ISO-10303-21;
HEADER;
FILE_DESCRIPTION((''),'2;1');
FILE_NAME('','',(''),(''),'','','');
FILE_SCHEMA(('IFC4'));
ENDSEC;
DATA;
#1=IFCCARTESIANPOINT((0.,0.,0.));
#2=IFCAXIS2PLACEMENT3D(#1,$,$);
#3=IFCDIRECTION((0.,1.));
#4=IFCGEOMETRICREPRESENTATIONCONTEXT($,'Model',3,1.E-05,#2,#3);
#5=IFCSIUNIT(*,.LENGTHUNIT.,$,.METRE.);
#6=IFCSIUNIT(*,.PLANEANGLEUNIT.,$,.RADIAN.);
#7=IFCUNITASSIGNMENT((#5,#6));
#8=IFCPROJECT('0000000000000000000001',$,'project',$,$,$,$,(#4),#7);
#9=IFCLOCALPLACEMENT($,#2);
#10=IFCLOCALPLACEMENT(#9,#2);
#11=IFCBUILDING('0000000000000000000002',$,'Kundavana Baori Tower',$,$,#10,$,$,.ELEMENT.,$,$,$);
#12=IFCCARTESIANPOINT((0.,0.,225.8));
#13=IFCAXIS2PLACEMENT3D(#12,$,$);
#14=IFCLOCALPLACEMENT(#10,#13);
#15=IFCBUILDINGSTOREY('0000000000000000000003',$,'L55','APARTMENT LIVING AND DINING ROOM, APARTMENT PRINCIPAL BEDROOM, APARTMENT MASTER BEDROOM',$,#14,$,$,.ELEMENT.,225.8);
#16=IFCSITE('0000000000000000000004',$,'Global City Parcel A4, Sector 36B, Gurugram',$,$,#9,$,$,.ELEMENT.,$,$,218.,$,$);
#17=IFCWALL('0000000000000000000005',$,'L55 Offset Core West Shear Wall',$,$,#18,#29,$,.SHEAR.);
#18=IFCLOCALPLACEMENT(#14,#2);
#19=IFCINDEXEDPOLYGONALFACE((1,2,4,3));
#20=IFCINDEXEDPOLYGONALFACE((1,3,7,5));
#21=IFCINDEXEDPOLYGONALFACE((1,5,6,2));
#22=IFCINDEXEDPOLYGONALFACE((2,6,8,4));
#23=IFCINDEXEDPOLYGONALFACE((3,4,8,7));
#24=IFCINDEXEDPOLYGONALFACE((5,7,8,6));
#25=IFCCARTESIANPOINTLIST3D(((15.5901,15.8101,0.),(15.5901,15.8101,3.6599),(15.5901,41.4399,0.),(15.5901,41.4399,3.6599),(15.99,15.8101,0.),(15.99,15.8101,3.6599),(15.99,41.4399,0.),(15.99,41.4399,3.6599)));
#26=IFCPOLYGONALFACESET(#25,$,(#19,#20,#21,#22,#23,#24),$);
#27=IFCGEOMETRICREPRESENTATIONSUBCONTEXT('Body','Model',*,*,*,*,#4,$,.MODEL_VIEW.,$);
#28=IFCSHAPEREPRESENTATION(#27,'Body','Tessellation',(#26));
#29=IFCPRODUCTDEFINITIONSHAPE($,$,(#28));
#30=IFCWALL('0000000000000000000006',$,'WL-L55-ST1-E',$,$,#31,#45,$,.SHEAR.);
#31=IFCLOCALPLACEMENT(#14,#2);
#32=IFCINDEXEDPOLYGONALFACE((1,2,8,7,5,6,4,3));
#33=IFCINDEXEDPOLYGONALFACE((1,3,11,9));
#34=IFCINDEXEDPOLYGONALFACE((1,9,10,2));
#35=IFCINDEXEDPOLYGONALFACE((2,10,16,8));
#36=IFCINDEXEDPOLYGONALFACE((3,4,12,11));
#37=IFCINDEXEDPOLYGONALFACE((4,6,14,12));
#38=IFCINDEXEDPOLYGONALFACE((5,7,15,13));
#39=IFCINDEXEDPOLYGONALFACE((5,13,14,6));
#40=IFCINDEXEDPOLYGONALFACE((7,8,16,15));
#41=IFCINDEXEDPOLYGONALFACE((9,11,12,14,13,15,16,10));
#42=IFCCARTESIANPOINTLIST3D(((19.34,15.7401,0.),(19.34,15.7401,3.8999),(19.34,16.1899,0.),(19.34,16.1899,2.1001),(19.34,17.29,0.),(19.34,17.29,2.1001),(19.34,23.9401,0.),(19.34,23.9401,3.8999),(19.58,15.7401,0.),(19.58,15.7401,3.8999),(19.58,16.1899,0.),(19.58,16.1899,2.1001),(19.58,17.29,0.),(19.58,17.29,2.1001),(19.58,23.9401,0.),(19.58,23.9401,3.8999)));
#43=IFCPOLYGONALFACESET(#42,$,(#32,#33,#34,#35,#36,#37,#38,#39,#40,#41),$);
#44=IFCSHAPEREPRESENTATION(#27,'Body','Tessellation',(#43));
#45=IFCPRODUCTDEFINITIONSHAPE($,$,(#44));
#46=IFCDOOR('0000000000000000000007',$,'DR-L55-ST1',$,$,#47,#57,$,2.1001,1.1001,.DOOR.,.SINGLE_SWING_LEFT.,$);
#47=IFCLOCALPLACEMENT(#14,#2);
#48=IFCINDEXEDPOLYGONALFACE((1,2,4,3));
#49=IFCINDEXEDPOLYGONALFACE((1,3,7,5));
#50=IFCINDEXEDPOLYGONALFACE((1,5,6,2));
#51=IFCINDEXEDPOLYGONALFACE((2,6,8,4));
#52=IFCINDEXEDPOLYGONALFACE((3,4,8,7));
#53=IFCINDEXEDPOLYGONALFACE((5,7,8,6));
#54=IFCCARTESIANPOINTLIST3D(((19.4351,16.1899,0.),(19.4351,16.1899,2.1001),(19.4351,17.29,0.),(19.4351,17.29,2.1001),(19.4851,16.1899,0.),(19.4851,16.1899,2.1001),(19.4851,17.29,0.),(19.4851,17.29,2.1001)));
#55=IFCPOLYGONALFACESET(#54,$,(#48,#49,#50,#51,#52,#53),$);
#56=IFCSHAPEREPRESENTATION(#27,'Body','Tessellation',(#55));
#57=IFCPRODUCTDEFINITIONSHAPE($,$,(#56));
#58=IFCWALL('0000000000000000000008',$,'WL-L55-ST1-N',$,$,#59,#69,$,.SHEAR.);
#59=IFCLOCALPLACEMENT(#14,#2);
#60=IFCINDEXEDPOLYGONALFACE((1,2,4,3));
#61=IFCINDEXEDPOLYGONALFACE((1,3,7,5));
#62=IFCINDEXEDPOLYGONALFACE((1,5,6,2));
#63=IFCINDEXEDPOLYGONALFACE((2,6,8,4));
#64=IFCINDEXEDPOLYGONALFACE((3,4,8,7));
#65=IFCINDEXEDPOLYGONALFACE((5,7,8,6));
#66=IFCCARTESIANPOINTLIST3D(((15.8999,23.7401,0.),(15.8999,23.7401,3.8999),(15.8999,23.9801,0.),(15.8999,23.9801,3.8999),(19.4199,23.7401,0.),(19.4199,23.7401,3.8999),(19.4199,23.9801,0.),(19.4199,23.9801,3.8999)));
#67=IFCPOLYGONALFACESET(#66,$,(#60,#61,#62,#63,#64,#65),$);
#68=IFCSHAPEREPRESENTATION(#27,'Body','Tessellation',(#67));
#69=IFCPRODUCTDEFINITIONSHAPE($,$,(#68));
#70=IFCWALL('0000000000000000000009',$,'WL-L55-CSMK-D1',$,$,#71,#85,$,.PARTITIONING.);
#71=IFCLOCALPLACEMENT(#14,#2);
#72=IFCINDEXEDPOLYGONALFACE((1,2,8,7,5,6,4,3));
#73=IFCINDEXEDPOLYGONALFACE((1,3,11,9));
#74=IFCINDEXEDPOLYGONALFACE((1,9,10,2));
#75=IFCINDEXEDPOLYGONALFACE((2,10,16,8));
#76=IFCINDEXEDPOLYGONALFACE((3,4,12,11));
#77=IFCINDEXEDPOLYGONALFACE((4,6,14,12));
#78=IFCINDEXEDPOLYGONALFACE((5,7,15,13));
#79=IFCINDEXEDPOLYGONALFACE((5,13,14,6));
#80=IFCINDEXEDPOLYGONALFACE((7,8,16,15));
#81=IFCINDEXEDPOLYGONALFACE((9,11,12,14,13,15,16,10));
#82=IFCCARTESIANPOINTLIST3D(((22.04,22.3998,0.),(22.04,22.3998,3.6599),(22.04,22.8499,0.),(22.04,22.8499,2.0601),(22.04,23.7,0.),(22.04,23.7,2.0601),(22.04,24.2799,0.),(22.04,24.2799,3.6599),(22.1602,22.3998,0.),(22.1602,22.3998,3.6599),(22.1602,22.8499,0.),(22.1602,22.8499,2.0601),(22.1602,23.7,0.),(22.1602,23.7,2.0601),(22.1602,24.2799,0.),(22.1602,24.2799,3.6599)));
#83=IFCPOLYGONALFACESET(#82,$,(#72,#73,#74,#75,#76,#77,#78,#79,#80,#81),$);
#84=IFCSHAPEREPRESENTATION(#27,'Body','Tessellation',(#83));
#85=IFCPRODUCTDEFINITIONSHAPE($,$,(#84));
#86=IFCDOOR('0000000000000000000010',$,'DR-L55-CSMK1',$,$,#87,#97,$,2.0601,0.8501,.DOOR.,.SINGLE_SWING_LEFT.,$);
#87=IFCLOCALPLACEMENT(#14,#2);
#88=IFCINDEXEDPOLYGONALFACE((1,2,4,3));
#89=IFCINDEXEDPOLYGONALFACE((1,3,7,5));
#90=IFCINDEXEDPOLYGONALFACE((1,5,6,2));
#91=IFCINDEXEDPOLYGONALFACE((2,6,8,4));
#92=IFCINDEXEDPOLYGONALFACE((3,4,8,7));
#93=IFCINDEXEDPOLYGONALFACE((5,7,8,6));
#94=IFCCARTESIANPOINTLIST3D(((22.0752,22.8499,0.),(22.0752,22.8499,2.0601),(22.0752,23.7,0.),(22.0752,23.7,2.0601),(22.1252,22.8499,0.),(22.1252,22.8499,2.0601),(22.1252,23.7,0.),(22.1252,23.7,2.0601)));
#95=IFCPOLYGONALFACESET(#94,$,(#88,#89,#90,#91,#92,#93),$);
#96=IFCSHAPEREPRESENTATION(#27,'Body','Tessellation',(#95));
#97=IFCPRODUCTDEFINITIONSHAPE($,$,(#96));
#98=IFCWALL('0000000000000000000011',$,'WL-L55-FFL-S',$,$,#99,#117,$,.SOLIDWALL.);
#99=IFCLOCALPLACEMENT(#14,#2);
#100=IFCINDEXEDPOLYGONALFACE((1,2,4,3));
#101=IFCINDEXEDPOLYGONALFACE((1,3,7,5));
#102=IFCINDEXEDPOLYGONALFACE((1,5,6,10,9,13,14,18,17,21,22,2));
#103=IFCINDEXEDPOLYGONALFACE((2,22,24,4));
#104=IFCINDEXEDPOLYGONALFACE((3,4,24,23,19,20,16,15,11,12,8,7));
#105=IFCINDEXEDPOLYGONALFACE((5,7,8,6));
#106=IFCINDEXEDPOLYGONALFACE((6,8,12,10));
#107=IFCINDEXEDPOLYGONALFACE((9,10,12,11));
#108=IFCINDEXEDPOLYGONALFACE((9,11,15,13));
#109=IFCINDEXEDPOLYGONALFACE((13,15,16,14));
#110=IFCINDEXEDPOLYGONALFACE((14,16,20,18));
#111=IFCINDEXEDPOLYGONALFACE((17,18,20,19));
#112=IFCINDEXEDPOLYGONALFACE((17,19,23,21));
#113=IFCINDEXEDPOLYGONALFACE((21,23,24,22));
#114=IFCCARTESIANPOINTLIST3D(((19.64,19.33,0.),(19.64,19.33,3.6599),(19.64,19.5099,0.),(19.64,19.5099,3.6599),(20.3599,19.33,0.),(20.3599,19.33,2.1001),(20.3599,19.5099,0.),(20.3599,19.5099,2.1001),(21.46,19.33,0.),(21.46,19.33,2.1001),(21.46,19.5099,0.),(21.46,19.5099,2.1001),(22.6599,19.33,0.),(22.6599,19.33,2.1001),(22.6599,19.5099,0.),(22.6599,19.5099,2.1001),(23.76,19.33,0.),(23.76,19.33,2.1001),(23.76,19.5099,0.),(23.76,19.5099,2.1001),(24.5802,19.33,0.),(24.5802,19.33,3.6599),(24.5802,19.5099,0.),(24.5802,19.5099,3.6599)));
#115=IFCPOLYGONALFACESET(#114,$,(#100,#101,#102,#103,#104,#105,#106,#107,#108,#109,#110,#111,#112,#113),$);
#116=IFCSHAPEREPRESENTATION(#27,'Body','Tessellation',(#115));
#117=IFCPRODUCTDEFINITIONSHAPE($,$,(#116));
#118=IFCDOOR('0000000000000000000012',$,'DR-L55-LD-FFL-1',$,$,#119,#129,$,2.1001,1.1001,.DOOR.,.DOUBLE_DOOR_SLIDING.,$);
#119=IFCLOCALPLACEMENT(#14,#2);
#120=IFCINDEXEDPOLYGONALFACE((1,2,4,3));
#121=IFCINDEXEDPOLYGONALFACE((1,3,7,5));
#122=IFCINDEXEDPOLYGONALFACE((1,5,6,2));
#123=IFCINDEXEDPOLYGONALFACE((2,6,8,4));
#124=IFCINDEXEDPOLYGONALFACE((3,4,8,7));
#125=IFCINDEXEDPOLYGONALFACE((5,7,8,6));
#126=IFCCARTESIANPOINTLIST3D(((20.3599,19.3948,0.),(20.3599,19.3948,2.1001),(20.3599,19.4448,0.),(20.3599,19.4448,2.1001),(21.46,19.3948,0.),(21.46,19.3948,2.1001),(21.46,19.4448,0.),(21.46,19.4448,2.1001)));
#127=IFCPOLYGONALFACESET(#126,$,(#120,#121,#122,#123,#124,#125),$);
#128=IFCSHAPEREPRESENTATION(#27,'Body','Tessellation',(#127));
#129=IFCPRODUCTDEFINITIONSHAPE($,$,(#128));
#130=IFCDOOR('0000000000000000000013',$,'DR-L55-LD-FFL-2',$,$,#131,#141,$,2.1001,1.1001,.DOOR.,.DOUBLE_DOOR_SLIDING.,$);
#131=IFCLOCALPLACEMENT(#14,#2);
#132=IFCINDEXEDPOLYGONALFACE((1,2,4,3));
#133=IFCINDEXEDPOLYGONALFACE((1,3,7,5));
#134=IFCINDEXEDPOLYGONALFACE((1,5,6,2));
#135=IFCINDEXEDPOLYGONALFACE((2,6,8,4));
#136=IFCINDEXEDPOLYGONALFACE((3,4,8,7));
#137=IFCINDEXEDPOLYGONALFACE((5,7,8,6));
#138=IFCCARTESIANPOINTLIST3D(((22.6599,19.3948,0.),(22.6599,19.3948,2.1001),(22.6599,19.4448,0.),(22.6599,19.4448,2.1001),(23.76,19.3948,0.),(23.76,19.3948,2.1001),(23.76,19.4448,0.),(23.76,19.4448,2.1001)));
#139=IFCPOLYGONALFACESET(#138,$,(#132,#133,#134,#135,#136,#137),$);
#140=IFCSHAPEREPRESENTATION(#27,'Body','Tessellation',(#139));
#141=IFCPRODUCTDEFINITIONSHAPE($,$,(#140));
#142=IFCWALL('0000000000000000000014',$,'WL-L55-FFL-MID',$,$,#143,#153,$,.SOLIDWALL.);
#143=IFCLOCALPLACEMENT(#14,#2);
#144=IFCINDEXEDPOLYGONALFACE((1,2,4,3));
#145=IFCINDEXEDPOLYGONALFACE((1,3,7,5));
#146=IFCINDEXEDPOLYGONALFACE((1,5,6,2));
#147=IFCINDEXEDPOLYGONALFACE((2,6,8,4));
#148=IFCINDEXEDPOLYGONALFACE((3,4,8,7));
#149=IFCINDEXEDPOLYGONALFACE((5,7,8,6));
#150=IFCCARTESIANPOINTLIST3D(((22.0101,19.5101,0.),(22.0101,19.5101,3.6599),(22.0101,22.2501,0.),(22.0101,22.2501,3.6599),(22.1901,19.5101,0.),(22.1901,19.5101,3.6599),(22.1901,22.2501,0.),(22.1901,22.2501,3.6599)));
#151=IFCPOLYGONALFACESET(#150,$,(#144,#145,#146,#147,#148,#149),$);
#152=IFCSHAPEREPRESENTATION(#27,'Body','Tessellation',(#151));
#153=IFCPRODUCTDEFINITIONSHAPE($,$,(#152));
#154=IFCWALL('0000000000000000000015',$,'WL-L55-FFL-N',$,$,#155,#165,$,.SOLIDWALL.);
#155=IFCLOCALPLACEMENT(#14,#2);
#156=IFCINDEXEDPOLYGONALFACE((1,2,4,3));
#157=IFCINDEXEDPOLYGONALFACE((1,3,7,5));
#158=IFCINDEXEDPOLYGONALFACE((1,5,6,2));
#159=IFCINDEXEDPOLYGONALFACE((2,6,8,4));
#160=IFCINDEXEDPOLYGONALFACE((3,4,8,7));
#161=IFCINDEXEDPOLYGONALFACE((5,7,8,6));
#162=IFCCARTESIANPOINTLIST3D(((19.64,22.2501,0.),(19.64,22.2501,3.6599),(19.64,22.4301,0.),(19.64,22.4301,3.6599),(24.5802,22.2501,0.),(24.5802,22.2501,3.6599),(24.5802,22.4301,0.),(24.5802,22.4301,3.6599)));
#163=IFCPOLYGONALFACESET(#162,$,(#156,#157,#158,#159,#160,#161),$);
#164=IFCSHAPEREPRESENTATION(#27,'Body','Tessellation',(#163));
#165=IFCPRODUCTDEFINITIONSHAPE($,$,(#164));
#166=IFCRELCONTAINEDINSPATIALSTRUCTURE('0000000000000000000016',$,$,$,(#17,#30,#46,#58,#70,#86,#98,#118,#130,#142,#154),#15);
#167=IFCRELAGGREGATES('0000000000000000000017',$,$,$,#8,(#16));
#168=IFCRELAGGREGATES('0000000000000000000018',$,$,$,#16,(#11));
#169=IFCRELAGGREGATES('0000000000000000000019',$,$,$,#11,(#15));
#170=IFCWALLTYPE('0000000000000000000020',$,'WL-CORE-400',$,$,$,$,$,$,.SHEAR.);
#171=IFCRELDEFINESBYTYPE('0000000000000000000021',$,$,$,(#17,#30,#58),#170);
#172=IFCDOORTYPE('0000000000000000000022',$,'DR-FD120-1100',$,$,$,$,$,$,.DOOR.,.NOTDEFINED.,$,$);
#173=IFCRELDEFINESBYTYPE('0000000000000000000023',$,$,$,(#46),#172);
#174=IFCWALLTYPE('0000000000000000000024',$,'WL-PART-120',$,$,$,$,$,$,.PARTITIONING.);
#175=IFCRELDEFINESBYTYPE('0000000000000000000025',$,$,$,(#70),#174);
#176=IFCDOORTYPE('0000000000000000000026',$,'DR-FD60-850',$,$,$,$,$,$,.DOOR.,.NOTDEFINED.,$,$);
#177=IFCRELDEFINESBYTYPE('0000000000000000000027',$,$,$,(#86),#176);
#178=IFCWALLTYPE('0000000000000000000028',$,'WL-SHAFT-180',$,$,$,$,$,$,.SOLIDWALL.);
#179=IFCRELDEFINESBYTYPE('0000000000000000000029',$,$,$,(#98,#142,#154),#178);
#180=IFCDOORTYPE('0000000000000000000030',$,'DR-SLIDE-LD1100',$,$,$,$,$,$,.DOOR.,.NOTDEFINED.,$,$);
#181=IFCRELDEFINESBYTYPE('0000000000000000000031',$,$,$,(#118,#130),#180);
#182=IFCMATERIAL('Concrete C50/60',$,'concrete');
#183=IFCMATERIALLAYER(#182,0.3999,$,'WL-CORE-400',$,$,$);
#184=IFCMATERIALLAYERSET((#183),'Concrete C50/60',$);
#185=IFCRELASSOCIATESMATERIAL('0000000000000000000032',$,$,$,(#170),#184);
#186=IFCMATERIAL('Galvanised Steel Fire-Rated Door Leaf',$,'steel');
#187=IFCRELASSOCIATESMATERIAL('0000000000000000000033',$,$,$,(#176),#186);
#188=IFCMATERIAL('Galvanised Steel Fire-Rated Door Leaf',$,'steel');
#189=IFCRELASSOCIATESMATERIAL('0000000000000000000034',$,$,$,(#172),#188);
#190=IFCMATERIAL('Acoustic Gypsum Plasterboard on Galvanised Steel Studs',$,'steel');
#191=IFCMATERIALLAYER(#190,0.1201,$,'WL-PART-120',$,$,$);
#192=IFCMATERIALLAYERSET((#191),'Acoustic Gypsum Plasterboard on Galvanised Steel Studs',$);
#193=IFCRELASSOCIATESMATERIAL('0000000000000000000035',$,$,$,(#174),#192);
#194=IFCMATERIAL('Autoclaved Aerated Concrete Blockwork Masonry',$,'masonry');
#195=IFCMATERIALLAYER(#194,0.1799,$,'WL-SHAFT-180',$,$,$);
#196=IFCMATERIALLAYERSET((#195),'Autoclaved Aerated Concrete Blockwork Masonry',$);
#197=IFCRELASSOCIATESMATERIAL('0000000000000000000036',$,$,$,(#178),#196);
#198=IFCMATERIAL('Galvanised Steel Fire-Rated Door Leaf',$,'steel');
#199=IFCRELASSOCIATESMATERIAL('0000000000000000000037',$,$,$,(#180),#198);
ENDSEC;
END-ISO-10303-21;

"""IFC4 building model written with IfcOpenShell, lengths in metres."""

from ifc_helpers import new_model, si_unit, direction, frame, frame_2d, origin, place, context, subcontext, project, spatial, rectangle, extrude, material, layer, layer_set, type_object, element, fill, save


model = new_model("IFC4")

# Units and contexts
model_context = context("Model", 3, precision=1e-05, world=origin(), true_north=direction((0.0, 1.0)))
body_context = subcontext(model_context, "Body", "Model", "MODEL_VIEW")
ifc_project = project(units=[si_unit("LENGTHUNIT", "METRE"), si_unit("PLANEANGLEUNIT", "RADIAN")], contexts=[model_context])

# Site, building, storey
site_placement = place(None, origin())
site = spatial("IfcSite", under=ifc_project, at=site_placement, Name="Global City Parcel A4, Sector 36B, Gurugram", CompositionType="ELEMENT", RefElevation=218.0)
building_placement = place(site_placement, origin())
building = spatial("IfcBuilding", under=site, at=building_placement, Name="Kundavana Baori Tower", CompositionType="ELEMENT")
storey_placement = place(building_placement, frame((0.0, 0.0, 225.8)))
storey = spatial("IfcBuildingStorey", under=building, at=storey_placement, Name="L55", Description="APARTMENT LIVING AND DINING ROOM, APARTMENT PRINCIPAL BEDROOM, APARTMENT MASTER BEDROOM", CompositionType="ELEMENT", Elevation=225.8)

# Wall
ifc_material_1 = material(Name="Concrete C50/60", Category="concrete")
ifc_layer_1 = layer(ifc_material_1, 0.3999, Name="WL-CORE-400")
ifc_layer_set_1 = layer_set([ifc_layer_1], Name="Concrete C50/60")
wall_type_1 = type_object("IfcWallType", Name="WL-CORE-400", PredefinedType="SHEAR", material=ifc_layer_set_1)
wall_1_placement = place(storey_placement, frame((15.79, 15.8101, 0.0), z_axis=(0.0, 0.0, 1.0), x_axis=(0.0, 1.0, 0.0)))
element("IfcWall", 1, at=wall_1_placement, inside=storey, type_object=wall_type_1, Name="L55 Offset Core West Shear Wall", PredefinedType="SHEAR", context=body_context, shape_type="SweptSolid", body=[
    extrude(rectangle(XDim=25.6299, YDim=0.3999, at=frame_2d((12.8149, 0.0))), origin(), (0.0, 0.0, 1.0), 3.6599),
])

# Shared definitions
ifc_material_2 = material(Name="Galvanised Steel Fire-Rated Door Leaf", Category="steel")
door_type_1 = type_object("IfcDoorType", Name="DR-FD60-850", OperationType="NOTDEFINED", PredefinedType="DOOR", material=ifc_material_2)

# Wall, opening, door
wall_2_placement = place(storey_placement, frame((19.46, 15.74, 0.0), z_axis=(0.0, 0.0, 1.0), x_axis=(0.0, 1.0, 0.0)))
wall_2 = element("IfcWall", 2, at=wall_2_placement, inside=storey, type_object=wall_type_1, Name="WL-L55-ST1-E", PredefinedType="SHEAR", context=body_context, shape_type="SweptSolid", body=[
    extrude(rectangle(XDim=8.2, YDim=0.24, at=frame_2d((4.1001, 0.0))), origin(), (0.0, 0.0, 1.0), 3.8999),
])
opening_1_placement = place(wall_2_placement, frame((0.45, 0.0, 0.0)))
opening_1 = element("IfcOpeningElement", 3, at=opening_1_placement, cuts=wall_2, PredefinedType="OPENING", context=body_context, shape_type="SweptSolid", body=[
    extrude(rectangle(XDim=1.1001, YDim=2.1001, at=frame_2d((0.55, 1.05))), frame((0.0, 0.1299, 0.0), z_axis=(0.0, -1.0, 0.0), x_axis=(1.0, 0.0, 0.0)), (0.0, 0.0, 1.0), 0.26),
])
ifc_material_3 = material(Name="Galvanised Steel Fire-Rated Door Leaf", Category="steel")
door_type_2 = type_object("IfcDoorType", Name="DR-FD120-1100", OperationType="NOTDEFINED", PredefinedType="DOOR", material=ifc_material_3)
door_1_placement = place(opening_1_placement, origin())
door_1 = element("IfcDoor", 4, at=door_1_placement, inside=storey, type_object=door_type_2, Name="DR-L55-ST1", OperationType="SINGLE_SWING_LEFT", OverallHeight=2.1001, OverallWidth=1.1001, PredefinedType="DOOR", context=body_context, shape_type="SweptSolid", body=[
    extrude(rectangle(XDim=1.1001, YDim=2.1001, at=frame_2d((0.55, 1.05))), frame((0.0, 0.0249, 0.0), z_axis=(0.0, -1.0, 0.0), x_axis=(1.0, 0.0, 0.0)), (0.0, 0.0, 1.0), 0.05),
])
fill(opening_1, door_1)

# Wall
wall_3_placement = place(storey_placement, frame((15.8999, 23.8601, 0.0), z_axis=(0.0, 0.0, 1.0), x_axis=(1.0, 0.0, 0.0)))
element("IfcWall", 5, at=wall_3_placement, inside=storey, type_object=wall_type_1, Name="WL-L55-ST1-N", PredefinedType="SHEAR", context=body_context, shape_type="SweptSolid", body=[
    extrude(rectangle(XDim=3.52, YDim=0.24, at=frame_2d((1.76, 0.0))), origin(), (0.0, 0.0, 1.0), 3.8999),
])

# Wall, opening, door
ifc_material_4 = material(Name="Acoustic Gypsum Plasterboard on Galvanised Steel Studs", Category="steel")
ifc_layer_2 = layer(ifc_material_4, 0.1201, Name="WL-PART-120")
ifc_layer_set_2 = layer_set([ifc_layer_2], Name="Acoustic Gypsum Plasterboard on Galvanised Steel Studs")
wall_type_2 = type_object("IfcWallType", Name="WL-PART-120", PredefinedType="PARTITIONING", material=ifc_layer_set_2)
wall_4_placement = place(storey_placement, frame((22.1001, 22.3999, 0.0), z_axis=(0.0, 0.0, 1.0), x_axis=(0.0, 1.0, 0.0)))
wall_4 = element("IfcWall", 6, at=wall_4_placement, inside=storey, type_object=wall_type_2, Name="WL-L55-CSMK-D1", PredefinedType="PARTITIONING", context=body_context, shape_type="SweptSolid", body=[
    extrude(rectangle(XDim=1.8801, YDim=0.1201, at=frame_2d((0.9399, 0.0))), origin(), (0.0, 0.0, 1.0), 3.6599),
])
opening_2_placement = place(wall_4_placement, frame((0.45, 0.0, 0.0)))
opening_2 = element("IfcOpeningElement", 7, at=opening_2_placement, cuts=wall_4, PredefinedType="OPENING", context=body_context, shape_type="SweptSolid", body=[
    extrude(rectangle(XDim=0.8501, YDim=2.0601, at=frame_2d((0.425, 1.03))), frame((0.0, 0.0701, 0.0), z_axis=(0.0, -1.0, 0.0), x_axis=(1.0, 0.0, 0.0)), (0.0, 0.0, 1.0), 0.1401),
])
door_2_placement = place(opening_2_placement, origin())
door_2 = element("IfcDoor", 8, at=door_2_placement, inside=storey, type_object=door_type_1, Name="DR-L55-CSMK1", OperationType="SINGLE_SWING_LEFT", OverallHeight=2.0601, OverallWidth=0.8501, PredefinedType="DOOR", context=body_context, shape_type="SweptSolid", body=[
    extrude(rectangle(XDim=0.8501, YDim=2.0601, at=frame_2d((0.425, 1.03))), frame((0.0, 0.0249, 0.0), z_axis=(0.0, -1.0, 0.0), x_axis=(1.0, 0.0, 0.0)), (0.0, 0.0, 1.0), 0.05),
])
fill(opening_2, door_2)

# Wall, openings, doors
ifc_material_5 = material(Name="Autoclaved Aerated Concrete Blockwork Masonry", Category="masonry")
ifc_layer_3 = layer(ifc_material_5, 0.1799, Name="WL-SHAFT-180")
ifc_layer_set_3 = layer_set([ifc_layer_3], Name="Autoclaved Aerated Concrete Blockwork Masonry")
wall_type_3 = type_object("IfcWallType", Name="WL-SHAFT-180", PredefinedType="SOLIDWALL", material=ifc_layer_set_3)
wall_5_placement = place(storey_placement, frame((19.6399, 19.4199, 0.0), z_axis=(0.0, 0.0, 1.0), x_axis=(1.0, 0.0, 0.0)))
wall_5 = element("IfcWall", 9, at=wall_5_placement, inside=storey, type_object=wall_type_3, Name="WL-L55-FFL-S", PredefinedType="SOLIDWALL", context=body_context, shape_type="SweptSolid", body=[
    extrude(rectangle(XDim=4.9402, YDim=0.1799, at=frame_2d((2.4702, 0.0))), origin(), (0.0, 0.0, 1.0), 3.6599),
])
opening_3_placement = place(wall_5_placement, frame((0.72, 0.0, 0.0)))
opening_3 = element("IfcOpeningElement", 10, at=opening_3_placement, cuts=wall_5, PredefinedType="OPENING", context=body_context, shape_type="SweptSolid", body=[
    extrude(rectangle(XDim=1.1001, YDim=2.1001, at=frame_2d((0.55, 1.05))), frame((0.0, 0.1001, 0.0), z_axis=(0.0, -1.0, 0.0), x_axis=(1.0, 0.0, 0.0)), (0.0, 0.0, 1.0), 0.2),
])
opening_4_placement = place(wall_5_placement, frame((3.02, 0.0, 0.0)))
opening_4 = element("IfcOpeningElement", 11, at=opening_4_placement, cuts=wall_5, PredefinedType="OPENING", context=body_context, shape_type="SweptSolid", body=[
    extrude(rectangle(XDim=1.1001, YDim=2.1001, at=frame_2d((0.55, 1.05))), frame((0.0, 0.1001, 0.0), z_axis=(0.0, -1.0, 0.0), x_axis=(1.0, 0.0, 0.0)), (0.0, 0.0, 1.0), 0.2),
])
ifc_material_6 = material(Name="Galvanised Steel Fire-Rated Door Leaf", Category="steel")
door_type_3 = type_object("IfcDoorType", Name="DR-SLIDE-LD1100", OperationType="NOTDEFINED", PredefinedType="DOOR", material=ifc_material_6)
door_3_placement = place(opening_3_placement, origin())
door_3 = element("IfcDoor", 12, at=door_3_placement, inside=storey, type_object=door_type_3, Name="DR-L55-LD-FFL-1", OperationType="DOUBLE_DOOR_SLIDING", OverallHeight=2.1001, OverallWidth=1.1001, PredefinedType="DOOR", context=body_context, shape_type="SweptSolid", body=[
    extrude(rectangle(XDim=1.1001, YDim=2.1001, at=frame_2d((0.55, 1.05))), frame((0.0, 0.0249, 0.0), z_axis=(0.0, -1.0, 0.0), x_axis=(1.0, 0.0, 0.0)), (0.0, 0.0, 1.0), 0.05),
])
fill(opening_3, door_3)
door_4_placement = place(opening_4_placement, origin())
door_4 = element("IfcDoor", 13, at=door_4_placement, inside=storey, type_object=door_type_3, Name="DR-L55-LD-FFL-2", OperationType="DOUBLE_DOOR_SLIDING", OverallHeight=2.1001, OverallWidth=1.1001, PredefinedType="DOOR", context=body_context, shape_type="SweptSolid", body=[
    extrude(rectangle(XDim=1.1001, YDim=2.1001, at=frame_2d((0.55, 1.05))), frame((0.0, 0.0249, 0.0), z_axis=(0.0, -1.0, 0.0), x_axis=(1.0, 0.0, 0.0)), (0.0, 0.0, 1.0), 0.05),
])
fill(opening_4, door_4)

# Walls
wall_6_placement = place(storey_placement, frame((22.1001, 19.51, 0.0), z_axis=(0.0, 0.0, 1.0), x_axis=(0.0, 1.0, 0.0)))
element("IfcWall", 14, at=wall_6_placement, inside=storey, type_object=wall_type_3, Name="WL-L55-FFL-MID", PredefinedType="SOLIDWALL", context=body_context, shape_type="SweptSolid", body=[
    extrude(rectangle(XDim=2.74, YDim=0.1799, at=frame_2d((1.3701, 0.0))), origin(), (0.0, 0.0, 1.0), 3.6599),
])
wall_7_placement = place(storey_placement, frame((19.6399, 22.3401, 0.0), z_axis=(0.0, 0.0, 1.0), x_axis=(1.0, 0.0, 0.0)))
element("IfcWall", 15, at=wall_7_placement, inside=storey, type_object=wall_type_3, Name="WL-L55-FFL-N", PredefinedType="SOLIDWALL", context=body_context, shape_type="SweptSolid", body=[
    extrude(rectangle(XDim=4.9402, YDim=0.1799, at=frame_2d((2.4702, 0.0))), origin(), (0.0, 0.0, 1.0), 3.6599),
])

save(model, "model.ifc")
